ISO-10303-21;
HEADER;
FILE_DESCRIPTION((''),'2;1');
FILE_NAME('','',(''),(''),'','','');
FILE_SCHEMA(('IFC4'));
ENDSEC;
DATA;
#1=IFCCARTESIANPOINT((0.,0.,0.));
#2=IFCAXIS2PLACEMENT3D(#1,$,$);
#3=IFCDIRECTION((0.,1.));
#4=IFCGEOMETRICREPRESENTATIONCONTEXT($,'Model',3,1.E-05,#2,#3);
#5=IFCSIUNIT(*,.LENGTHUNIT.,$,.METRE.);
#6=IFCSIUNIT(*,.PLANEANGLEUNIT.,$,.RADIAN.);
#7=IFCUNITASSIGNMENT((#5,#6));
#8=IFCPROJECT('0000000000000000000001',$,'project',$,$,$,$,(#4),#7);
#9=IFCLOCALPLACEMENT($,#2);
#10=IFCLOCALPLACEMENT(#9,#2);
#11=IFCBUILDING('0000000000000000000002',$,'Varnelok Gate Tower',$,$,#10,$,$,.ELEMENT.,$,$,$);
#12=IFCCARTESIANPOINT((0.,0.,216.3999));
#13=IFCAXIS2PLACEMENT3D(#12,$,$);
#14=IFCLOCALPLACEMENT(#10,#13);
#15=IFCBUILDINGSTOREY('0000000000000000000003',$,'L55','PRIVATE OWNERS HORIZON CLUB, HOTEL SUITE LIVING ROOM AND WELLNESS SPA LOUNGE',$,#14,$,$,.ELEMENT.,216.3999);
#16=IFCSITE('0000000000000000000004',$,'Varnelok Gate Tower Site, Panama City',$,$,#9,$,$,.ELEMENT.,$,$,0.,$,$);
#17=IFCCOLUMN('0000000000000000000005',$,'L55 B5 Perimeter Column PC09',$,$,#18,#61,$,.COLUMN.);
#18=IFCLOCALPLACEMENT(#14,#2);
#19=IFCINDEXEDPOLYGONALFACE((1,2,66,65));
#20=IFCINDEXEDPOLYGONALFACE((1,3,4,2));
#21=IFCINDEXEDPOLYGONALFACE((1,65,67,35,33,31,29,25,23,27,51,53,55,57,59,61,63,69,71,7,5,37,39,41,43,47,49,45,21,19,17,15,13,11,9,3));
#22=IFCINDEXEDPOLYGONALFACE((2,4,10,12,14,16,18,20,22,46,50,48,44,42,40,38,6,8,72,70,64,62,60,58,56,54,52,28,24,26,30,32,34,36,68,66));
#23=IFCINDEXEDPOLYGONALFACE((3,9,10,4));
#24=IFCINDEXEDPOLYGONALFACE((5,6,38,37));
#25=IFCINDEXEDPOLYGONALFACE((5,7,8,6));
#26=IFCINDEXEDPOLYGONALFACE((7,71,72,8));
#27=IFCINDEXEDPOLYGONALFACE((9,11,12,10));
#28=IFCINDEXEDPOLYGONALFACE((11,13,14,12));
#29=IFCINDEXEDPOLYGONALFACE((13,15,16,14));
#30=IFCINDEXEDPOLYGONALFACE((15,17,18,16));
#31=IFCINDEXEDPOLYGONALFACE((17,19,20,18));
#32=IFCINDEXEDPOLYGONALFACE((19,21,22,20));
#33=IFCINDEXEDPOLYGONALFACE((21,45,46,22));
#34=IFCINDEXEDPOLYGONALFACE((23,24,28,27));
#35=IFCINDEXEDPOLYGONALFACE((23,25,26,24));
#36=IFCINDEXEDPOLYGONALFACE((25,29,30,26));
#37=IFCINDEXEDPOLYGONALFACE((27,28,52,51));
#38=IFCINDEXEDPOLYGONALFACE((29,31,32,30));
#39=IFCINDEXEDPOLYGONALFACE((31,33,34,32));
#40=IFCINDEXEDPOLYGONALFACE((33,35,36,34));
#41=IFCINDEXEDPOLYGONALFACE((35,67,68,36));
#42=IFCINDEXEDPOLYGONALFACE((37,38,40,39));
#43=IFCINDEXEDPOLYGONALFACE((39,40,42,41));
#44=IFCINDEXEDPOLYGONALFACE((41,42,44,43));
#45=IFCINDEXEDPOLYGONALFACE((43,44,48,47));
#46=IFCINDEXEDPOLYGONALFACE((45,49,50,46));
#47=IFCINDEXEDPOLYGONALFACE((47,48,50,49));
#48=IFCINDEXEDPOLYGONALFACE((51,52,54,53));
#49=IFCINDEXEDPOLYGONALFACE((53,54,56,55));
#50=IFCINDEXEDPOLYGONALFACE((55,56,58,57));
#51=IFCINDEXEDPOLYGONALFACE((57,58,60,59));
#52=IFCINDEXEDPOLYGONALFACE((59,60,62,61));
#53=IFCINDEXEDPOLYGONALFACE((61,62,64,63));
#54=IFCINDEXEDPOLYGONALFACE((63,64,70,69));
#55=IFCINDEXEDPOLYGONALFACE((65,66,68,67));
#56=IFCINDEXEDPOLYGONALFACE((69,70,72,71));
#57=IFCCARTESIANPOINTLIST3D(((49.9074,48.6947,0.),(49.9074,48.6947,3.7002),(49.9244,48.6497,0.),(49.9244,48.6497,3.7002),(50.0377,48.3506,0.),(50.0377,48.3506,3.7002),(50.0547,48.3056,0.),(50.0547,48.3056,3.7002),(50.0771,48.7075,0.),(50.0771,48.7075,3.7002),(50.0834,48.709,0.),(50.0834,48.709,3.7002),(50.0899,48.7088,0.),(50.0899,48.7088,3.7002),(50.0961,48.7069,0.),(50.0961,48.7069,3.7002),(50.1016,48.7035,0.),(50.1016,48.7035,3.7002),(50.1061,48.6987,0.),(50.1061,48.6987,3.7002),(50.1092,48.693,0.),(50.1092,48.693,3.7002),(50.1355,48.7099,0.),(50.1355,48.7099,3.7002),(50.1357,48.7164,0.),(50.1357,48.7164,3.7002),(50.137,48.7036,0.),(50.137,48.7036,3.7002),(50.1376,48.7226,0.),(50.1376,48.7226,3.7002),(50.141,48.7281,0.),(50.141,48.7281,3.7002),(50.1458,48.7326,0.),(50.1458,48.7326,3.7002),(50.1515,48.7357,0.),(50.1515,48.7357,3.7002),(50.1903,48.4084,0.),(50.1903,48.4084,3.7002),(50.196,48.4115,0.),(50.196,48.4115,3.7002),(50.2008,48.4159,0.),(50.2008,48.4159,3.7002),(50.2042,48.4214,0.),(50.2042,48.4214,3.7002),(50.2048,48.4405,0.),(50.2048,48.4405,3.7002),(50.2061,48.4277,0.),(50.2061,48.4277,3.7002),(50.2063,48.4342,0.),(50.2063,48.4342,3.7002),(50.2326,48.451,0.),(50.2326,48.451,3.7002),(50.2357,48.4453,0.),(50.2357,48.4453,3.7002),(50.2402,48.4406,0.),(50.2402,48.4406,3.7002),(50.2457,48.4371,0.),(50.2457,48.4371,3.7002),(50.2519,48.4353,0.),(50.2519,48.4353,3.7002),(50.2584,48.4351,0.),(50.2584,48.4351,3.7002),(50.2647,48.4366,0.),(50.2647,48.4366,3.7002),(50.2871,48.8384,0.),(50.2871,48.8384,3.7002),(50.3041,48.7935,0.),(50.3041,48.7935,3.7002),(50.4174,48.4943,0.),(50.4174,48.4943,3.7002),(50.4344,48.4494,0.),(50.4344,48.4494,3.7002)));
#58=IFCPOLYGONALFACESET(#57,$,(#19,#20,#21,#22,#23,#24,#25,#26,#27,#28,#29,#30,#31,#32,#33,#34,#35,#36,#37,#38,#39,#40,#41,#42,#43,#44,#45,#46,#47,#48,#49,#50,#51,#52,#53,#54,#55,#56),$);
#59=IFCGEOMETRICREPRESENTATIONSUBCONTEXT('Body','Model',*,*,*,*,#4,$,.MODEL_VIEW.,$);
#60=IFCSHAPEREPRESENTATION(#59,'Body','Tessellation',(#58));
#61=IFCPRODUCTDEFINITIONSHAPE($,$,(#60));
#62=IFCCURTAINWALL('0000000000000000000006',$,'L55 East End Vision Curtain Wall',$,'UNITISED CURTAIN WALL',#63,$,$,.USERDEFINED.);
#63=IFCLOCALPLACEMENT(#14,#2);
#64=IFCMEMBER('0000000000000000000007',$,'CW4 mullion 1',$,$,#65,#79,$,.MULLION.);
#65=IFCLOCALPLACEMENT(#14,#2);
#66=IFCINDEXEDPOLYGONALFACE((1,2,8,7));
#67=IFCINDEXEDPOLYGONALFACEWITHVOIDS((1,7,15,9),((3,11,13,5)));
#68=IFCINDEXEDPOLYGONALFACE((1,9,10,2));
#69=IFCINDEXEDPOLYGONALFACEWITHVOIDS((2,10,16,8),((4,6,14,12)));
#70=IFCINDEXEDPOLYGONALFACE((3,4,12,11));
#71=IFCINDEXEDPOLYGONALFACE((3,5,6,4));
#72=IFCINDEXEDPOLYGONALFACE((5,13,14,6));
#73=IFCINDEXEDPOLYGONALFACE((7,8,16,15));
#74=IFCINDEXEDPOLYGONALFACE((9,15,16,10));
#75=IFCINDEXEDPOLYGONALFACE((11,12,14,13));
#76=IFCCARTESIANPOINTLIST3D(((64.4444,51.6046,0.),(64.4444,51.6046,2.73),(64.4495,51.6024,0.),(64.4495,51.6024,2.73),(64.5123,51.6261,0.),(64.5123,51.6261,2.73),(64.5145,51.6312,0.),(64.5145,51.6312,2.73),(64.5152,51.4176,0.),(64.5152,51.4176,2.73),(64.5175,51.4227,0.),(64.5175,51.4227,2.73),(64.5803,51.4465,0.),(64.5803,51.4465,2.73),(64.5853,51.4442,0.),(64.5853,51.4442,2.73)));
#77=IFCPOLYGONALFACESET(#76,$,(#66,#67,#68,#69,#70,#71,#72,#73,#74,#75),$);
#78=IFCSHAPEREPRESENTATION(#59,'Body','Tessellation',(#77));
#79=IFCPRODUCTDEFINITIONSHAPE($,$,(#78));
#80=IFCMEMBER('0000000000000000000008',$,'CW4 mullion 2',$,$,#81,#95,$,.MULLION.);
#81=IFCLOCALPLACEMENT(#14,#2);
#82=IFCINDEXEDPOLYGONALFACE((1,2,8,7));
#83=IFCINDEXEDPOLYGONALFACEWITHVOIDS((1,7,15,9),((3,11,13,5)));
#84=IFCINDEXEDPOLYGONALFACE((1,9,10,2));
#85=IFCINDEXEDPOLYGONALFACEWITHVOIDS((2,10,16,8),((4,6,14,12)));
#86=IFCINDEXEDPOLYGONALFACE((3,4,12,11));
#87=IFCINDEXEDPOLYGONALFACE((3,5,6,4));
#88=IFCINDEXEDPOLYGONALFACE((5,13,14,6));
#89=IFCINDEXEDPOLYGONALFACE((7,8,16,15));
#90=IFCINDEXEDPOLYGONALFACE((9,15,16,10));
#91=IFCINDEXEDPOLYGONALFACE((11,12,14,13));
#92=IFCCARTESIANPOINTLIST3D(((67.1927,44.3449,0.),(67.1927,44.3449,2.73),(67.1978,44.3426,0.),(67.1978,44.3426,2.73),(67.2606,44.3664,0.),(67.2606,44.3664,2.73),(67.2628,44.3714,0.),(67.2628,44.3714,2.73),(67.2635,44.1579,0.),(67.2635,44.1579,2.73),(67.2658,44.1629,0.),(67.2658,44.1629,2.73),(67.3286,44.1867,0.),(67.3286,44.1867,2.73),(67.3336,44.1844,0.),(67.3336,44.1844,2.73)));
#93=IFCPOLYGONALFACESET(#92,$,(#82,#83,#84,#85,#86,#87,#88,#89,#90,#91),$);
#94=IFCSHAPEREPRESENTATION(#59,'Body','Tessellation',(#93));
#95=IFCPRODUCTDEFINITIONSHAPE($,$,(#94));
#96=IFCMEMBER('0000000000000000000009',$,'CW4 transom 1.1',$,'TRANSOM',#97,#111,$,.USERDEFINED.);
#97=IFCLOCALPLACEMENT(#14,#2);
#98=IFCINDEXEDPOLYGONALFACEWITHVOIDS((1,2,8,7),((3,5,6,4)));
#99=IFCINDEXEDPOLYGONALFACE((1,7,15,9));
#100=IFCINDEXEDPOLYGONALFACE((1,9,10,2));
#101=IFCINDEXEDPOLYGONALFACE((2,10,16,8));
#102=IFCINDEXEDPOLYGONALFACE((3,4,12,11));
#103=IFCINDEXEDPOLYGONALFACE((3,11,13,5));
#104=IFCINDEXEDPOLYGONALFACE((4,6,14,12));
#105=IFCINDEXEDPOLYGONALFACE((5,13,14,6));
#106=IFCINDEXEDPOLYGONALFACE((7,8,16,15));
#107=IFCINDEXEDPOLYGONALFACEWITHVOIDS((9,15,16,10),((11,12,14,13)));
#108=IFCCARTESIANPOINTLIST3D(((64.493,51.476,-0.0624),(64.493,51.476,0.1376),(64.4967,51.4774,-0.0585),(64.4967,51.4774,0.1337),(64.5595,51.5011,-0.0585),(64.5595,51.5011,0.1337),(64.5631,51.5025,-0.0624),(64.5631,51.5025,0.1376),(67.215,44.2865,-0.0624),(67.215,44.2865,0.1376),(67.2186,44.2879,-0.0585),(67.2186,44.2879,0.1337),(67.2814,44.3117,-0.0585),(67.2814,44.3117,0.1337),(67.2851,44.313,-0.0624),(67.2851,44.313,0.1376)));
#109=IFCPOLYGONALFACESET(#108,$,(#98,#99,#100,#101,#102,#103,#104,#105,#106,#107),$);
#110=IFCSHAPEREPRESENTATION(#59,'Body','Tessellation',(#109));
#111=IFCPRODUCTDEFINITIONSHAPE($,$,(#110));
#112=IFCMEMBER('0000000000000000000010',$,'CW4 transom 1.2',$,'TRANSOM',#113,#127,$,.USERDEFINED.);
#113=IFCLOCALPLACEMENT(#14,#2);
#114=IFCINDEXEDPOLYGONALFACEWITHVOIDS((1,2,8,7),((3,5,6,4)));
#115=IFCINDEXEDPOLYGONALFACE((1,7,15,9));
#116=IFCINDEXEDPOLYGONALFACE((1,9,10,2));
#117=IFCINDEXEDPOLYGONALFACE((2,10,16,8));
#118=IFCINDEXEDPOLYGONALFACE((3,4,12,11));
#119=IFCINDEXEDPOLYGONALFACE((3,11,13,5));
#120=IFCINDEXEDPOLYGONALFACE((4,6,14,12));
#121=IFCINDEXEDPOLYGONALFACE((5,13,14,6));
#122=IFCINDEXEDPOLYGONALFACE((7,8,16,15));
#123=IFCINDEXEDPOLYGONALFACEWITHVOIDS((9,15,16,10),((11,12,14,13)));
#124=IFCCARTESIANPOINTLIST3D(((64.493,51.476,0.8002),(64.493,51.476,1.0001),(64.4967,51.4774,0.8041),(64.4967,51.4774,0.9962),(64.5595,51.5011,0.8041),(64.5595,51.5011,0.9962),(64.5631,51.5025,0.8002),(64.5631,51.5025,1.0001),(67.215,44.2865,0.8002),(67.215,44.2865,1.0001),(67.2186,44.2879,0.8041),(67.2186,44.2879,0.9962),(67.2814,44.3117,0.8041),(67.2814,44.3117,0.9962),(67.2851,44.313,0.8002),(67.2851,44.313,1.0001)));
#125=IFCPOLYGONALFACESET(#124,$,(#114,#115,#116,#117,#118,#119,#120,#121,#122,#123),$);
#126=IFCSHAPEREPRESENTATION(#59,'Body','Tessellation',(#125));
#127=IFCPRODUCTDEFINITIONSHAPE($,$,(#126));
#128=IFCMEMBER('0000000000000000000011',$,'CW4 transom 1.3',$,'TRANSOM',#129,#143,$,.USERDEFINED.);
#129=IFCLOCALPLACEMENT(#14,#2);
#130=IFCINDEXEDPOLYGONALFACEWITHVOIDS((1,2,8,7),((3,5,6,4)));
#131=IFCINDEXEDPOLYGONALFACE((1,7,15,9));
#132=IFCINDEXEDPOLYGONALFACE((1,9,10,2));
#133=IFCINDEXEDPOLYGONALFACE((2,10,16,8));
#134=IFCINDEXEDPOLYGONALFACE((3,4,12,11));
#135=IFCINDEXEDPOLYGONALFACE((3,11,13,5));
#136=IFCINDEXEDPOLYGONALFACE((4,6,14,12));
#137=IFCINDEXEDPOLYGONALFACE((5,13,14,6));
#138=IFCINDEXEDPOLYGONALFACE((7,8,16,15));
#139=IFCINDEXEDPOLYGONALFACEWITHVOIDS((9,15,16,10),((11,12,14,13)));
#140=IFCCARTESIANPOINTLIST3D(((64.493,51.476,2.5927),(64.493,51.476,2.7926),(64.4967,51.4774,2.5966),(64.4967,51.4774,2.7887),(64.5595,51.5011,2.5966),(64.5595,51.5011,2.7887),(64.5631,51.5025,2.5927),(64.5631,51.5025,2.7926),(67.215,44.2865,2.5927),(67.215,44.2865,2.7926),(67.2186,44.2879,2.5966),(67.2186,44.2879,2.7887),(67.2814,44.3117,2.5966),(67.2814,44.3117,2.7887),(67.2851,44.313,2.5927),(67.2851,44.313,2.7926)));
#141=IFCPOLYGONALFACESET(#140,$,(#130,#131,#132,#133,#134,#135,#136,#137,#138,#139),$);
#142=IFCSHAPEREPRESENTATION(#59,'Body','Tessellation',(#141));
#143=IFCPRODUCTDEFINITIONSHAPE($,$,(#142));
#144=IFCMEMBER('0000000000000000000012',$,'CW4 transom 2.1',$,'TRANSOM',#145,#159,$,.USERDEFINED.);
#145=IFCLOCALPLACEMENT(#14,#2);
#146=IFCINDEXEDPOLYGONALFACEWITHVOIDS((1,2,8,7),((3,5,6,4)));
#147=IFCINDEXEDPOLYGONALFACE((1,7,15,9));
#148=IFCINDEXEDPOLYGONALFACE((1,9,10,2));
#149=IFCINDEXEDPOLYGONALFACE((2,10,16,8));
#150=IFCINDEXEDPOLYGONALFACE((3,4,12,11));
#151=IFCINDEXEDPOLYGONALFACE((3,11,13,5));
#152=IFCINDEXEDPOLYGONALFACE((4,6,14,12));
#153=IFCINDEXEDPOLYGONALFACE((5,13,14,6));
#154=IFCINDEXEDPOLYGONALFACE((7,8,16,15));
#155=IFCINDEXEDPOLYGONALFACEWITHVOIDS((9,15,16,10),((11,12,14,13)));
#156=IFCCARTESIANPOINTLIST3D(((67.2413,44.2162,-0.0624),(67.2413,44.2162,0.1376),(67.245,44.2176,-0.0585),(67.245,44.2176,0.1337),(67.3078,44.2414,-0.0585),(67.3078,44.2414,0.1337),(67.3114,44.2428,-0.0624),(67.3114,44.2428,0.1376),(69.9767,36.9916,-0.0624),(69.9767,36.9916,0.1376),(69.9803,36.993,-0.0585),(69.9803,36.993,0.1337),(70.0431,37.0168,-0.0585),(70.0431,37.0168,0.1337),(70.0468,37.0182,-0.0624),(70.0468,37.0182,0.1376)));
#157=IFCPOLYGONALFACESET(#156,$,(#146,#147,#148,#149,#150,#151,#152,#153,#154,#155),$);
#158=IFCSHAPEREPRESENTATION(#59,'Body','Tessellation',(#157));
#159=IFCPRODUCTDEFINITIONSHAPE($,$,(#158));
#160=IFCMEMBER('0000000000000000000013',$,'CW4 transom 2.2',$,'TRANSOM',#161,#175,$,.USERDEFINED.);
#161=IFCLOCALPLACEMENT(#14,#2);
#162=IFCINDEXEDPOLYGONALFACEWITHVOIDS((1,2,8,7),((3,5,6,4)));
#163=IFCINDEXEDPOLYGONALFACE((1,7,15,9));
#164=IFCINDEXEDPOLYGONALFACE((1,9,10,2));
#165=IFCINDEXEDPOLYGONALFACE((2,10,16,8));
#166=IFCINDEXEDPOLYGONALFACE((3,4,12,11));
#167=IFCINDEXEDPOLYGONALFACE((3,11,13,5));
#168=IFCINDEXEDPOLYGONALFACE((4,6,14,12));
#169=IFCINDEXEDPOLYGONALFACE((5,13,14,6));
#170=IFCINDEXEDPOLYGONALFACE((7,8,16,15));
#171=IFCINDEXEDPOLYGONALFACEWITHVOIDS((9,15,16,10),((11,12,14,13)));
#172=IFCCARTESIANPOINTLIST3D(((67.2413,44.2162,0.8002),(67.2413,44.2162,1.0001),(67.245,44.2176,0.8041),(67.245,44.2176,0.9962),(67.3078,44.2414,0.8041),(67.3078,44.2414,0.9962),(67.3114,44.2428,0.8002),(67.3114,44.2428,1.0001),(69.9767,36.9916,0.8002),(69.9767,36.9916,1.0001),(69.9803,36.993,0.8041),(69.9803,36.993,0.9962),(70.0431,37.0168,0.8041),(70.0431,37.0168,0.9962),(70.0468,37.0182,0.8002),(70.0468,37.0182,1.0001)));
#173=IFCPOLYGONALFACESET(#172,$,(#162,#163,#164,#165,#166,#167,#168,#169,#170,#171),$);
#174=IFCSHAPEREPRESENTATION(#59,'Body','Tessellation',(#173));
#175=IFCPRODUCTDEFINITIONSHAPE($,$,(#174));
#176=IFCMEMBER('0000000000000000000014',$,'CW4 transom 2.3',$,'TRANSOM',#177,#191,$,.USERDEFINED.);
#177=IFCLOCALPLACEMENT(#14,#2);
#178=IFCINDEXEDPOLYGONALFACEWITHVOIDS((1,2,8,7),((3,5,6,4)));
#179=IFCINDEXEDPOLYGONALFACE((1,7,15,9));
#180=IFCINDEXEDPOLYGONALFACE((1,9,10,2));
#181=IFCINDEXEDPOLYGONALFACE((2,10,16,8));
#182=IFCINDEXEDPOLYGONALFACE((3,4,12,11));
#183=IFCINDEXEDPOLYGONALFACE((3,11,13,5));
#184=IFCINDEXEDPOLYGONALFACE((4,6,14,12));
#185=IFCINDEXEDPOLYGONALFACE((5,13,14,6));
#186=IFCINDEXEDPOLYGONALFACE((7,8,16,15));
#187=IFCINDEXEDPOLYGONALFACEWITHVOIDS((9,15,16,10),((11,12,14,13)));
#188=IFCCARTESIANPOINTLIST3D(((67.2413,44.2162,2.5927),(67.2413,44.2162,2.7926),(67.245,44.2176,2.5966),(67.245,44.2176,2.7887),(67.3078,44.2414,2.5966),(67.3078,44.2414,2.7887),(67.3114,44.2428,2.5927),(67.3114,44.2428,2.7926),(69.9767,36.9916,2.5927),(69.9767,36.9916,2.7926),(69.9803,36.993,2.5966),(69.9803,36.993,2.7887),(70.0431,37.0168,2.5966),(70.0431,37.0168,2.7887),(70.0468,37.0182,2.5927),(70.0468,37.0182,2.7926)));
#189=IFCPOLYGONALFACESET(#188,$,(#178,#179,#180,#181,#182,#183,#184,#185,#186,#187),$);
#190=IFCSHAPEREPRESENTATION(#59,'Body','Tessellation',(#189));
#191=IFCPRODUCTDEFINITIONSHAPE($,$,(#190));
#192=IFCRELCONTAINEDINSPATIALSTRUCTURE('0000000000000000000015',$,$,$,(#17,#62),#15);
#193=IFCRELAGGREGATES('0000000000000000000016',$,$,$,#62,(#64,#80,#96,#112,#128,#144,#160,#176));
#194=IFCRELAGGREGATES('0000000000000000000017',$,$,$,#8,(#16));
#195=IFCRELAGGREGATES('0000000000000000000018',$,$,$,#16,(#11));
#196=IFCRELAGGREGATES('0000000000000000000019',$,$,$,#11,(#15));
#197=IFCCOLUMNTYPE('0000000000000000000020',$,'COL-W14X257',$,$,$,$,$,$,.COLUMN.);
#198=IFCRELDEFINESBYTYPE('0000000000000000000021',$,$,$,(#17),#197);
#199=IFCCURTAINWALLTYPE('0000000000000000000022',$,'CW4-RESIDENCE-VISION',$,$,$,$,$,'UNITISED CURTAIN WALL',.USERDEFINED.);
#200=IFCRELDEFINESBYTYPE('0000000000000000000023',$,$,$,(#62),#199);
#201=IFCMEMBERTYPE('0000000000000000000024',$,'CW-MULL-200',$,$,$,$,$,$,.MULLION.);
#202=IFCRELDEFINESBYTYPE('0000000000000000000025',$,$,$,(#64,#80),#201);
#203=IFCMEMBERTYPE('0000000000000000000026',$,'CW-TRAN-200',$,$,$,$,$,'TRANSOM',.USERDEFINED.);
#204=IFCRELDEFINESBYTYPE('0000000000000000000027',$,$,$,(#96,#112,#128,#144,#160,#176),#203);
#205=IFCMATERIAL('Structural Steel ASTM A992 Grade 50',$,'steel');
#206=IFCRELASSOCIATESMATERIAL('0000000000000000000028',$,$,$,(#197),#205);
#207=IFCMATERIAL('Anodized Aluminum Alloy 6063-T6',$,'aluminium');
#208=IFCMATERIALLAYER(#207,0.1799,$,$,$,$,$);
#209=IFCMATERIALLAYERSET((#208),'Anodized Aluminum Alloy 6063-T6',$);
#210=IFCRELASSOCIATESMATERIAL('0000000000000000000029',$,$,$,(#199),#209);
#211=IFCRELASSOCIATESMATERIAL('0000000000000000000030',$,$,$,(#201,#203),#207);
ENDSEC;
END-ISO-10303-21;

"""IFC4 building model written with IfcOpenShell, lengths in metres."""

from ifc_helpers import new_model, si_unit, direction, frame, origin, origin_2d, place, context, subcontext, project, spatial, hollow_rectangle, i_section, extrude, material, layer, layer_set, material_profile, profile_set, type_object, element, aggregate, save


model = new_model("IFC4")

# Units and contexts
model_context = context("Model", 3, precision=1e-05, world=origin(), true_north=direction((0.0, 1.0)))
body_context = subcontext(model_context, "Body", "Model", "MODEL_VIEW")
ifc_project = project(units=[si_unit("LENGTHUNIT", "METRE"), si_unit("PLANEANGLEUNIT", "RADIAN")], contexts=[model_context])

# Site, building, storey
site_placement = place(None, origin())
site = spatial("IfcSite", under=ifc_project, at=site_placement, Name="Varnelok Gate Tower Site, Panama City", CompositionType="ELEMENT", RefElevation=0.0)
building_placement = place(site_placement, origin())
building = spatial("IfcBuilding", under=site, at=building_placement, Name="Varnelok Gate Tower", CompositionType="ELEMENT")
storey_placement = place(building_placement, frame((0.0, 0.0, 216.3999)))
storey = spatial("IfcBuildingStorey", under=building, at=storey_placement, Name="L55", Description="PRIVATE OWNERS HORIZON CLUB, HOTEL SUITE LIVING ROOM AND WELLNESS SPA LOUNGE", CompositionType="ELEMENT", Elevation=216.3999)

# Column
ifc_material_1 = material(Name="Structural Steel ASTM A992 Grade 50", Category="steel")
ifc_material_profile_1 = material_profile(ifc_material_1, i_section(OverallWidth=0.406, OverallDepth=0.416, WebThickness=0.0298, FlangeThickness=0.0481, FilletRadius=0.0249, at=origin_2d()), Name="W14X257")
ifc_profile_set_1 = profile_set([ifc_material_profile_1], Name="Structural Steel ASTM A992 Grade 50")
column_type = type_object("IfcColumnType", Name="COL-W14X257", PredefinedType="COLUMN", material=ifc_profile_set_1)
column_placement = place(storey_placement, frame((50.1709, 48.572, 0.0), z_axis=(0.0, 0.0, 1.0), x_axis=(0.935222, 0.354063, 0.0)))
element("IfcColumn", 1, at=column_placement, inside=storey, type_object=column_type, Name="L55 B5 Perimeter Column PC09", PredefinedType="COLUMN", context=body_context, shape_type="SweptSolid", body=[
    extrude(i_section(OverallWidth=0.406, OverallDepth=0.416, WebThickness=0.0298, FlangeThickness=0.0481, FilletRadius=0.0249, at=origin_2d()), origin(), (0.0, 0.0, 1.0), 3.7002),
])

# Curtain wall, members
ifc_material_2 = material(Name="Anodized Aluminum Alloy 6063-T6", Category="aluminium")
ifc_layer_1 = layer(ifc_material_2, 0.1799)
ifc_layer_set_1 = layer_set([ifc_layer_1], Name="Anodized Aluminum Alloy 6063-T6")
curtain_wall_type = type_object("IfcCurtainWallType", Name="CW4-RESIDENCE-VISION", ElementType="UNITISED CURTAIN WALL", PredefinedType="USERDEFINED", material=ifc_layer_set_1)
curtain_wall_placement = place(storey_placement, origin())
curtain_wall = element("IfcCurtainWall", 2, at=curtain_wall_placement, inside=storey, type_object=curtain_wall_type, Name="L55 East End Vision Curtain Wall", ObjectType="UNITISED CURTAIN WALL", PredefinedType="USERDEFINED")
ifc_material_profile_2 = material_profile(ifc_material_2, hollow_rectangle(XDim=0.075, YDim=0.2, WallThickness=0.0039, at=origin_2d()), Name="ALU200X75X4")
ifc_profile_set_2 = profile_set([ifc_material_profile_2], Name="Anodized Aluminum Alloy 6063-T6")
member_type_1 = type_object("IfcMemberType", Name="CW-MULL-200", PredefinedType="MULLION", material=ifc_profile_set_2)
member_1_placement = place(storey_placement, frame((64.5149, 51.5244, 0.0), z_axis=(0.0, 0.0, 1.0), x_axis=(0.935222, 0.354063, 0.0)))
member_1 = element("IfcMember", 3, at=member_1_placement, type_object=member_type_1, Name="CW4 mullion 1", PredefinedType="MULLION", context=body_context, shape_type="SweptSolid", body=[
    extrude(hollow_rectangle(XDim=0.075, YDim=0.2, WallThickness=0.0039, at=origin_2d()), origin(), (0.0, 0.0, 1.0), 2.73),
])
member_2_placement = place(storey_placement, frame((67.2632, 44.2646, 0.0), z_axis=(0.0, 0.0, 1.0), x_axis=(0.935222, 0.354063, 0.0)))
member_2 = element("IfcMember", 4, at=member_2_placement, type_object=member_type_1, Name="CW4 mullion 2", PredefinedType="MULLION", context=body_context, shape_type="SweptSolid", body=[
    extrude(hollow_rectangle(XDim=0.075, YDim=0.2, WallThickness=0.0039, at=origin_2d()), origin(), (0.0, 0.0, 1.0), 2.73),
])
ifc_material_profile_3 = material_profile(ifc_material_2, hollow_rectangle(XDim=0.075, YDim=0.2, WallThickness=0.0039, at=origin_2d()), Name="ALU200X75X4")
ifc_profile_set_3 = profile_set([ifc_material_profile_3], Name="Anodized Aluminum Alloy 6063-T6")
member_type_2 = type_object("IfcMemberType", Name="CW-TRAN-200", ElementType="TRANSOM", PredefinedType="USERDEFINED", material=ifc_profile_set_3)
member_3_placement = place(storey_placement, frame((64.5281, 51.4893, 0.0376), z_axis=(0.354073, -0.935218, 0.0), x_axis=(0.935218, 0.354073, 0.0)))
member_3 = element("IfcMember", 5, at=member_3_placement, type_object=member_type_2, Name="CW4 transom 1.1", ObjectType="TRANSOM", PredefinedType="USERDEFINED", context=body_context, shape_type="SweptSolid", body=[
    extrude(hollow_rectangle(XDim=0.075, YDim=0.2, WallThickness=0.0039, at=origin_2d()), origin(), (0.0, 0.0, 1.0), 7.6875),
])
member_4_placement = place(storey_placement, frame((64.5281, 51.4893, 0.9001), z_axis=(0.354073, -0.935218, 0.0), x_axis=(0.935218, 0.354073, 0.0)))
member_4 = element("IfcMember", 6, at=member_4_placement, type_object=member_type_2, Name="CW4 transom 1.2", ObjectType="TRANSOM", PredefinedType="USERDEFINED", context=body_context, shape_type="SweptSolid", body=[
    extrude(hollow_rectangle(XDim=0.075, YDim=0.2, WallThickness=0.0039, at=origin_2d()), origin(), (0.0, 0.0, 1.0), 7.6875),
])
member_5_placement = place(storey_placement, frame((64.5281, 51.4893, 2.6926), z_axis=(0.354073, -0.935218, 0.0), x_axis=(0.935218, 0.354073, 0.0)))
member_5 = element("IfcMember", 7, at=member_5_placement, type_object=member_type_2, Name="CW4 transom 1.3", ObjectType="TRANSOM", PredefinedType="USERDEFINED", context=body_context, shape_type="SweptSolid", body=[
    extrude(hollow_rectangle(XDim=0.075, YDim=0.2, WallThickness=0.0039, at=origin_2d()), origin(), (0.0, 0.0, 1.0), 7.6875),
])
member_6_placement = place(storey_placement, frame((67.2764, 44.2295, 0.0376), z_axis=(0.354086, -0.935213, 0.0), x_axis=(0.935213, 0.354086, 0.0)))
member_6 = element("IfcMember", 8, at=member_6_placement, type_object=member_type_2, Name="CW4 transom 2.1", ObjectType="TRANSOM", PredefinedType="USERDEFINED", context=body_context, shape_type="SweptSolid", body=[
    extrude(hollow_rectangle(XDim=0.075, YDim=0.2, WallThickness=0.0039, at=origin_2d()), origin(), (0.0, 0.0, 1.0), 7.7251),
])
member_7_placement = place(storey_placement, frame((67.2764, 44.2295, 0.9001), z_axis=(0.354086, -0.935213, 0.0), x_axis=(0.935213, 0.354086, 0.0)))
member_7 = element("IfcMember", 9, at=member_7_placement, type_object=member_type_2, Name="CW4 transom 2.2", ObjectType="TRANSOM", PredefinedType="USERDEFINED", context=body_context, shape_type="SweptSolid", body=[
    extrude(hollow_rectangle(XDim=0.075, YDim=0.2, WallThickness=0.0039, at=origin_2d()), origin(), (0.0, 0.0, 1.0), 7.7251),
])
member_8_placement = place(storey_placement, frame((67.2764, 44.2295, 2.6926), z_axis=(0.354086, -0.935213, 0.0), x_axis=(0.935213, 0.354086, 0.0)))
member_8 = element("IfcMember", 10, at=member_8_placement, type_object=member_type_2, Name="CW4 transom 2.3", ObjectType="TRANSOM", PredefinedType="USERDEFINED", context=body_context, shape_type="SweptSolid", body=[
    extrude(hollow_rectangle(XDim=0.075, YDim=0.2, WallThickness=0.0039, at=origin_2d()), origin(), (0.0, 0.0, 1.0), 7.7251),
])
aggregate(curtain_wall, [member_1, member_2, member_3, member_4, member_5, member_6, member_7, member_8])

save(model, "model.ifc")
